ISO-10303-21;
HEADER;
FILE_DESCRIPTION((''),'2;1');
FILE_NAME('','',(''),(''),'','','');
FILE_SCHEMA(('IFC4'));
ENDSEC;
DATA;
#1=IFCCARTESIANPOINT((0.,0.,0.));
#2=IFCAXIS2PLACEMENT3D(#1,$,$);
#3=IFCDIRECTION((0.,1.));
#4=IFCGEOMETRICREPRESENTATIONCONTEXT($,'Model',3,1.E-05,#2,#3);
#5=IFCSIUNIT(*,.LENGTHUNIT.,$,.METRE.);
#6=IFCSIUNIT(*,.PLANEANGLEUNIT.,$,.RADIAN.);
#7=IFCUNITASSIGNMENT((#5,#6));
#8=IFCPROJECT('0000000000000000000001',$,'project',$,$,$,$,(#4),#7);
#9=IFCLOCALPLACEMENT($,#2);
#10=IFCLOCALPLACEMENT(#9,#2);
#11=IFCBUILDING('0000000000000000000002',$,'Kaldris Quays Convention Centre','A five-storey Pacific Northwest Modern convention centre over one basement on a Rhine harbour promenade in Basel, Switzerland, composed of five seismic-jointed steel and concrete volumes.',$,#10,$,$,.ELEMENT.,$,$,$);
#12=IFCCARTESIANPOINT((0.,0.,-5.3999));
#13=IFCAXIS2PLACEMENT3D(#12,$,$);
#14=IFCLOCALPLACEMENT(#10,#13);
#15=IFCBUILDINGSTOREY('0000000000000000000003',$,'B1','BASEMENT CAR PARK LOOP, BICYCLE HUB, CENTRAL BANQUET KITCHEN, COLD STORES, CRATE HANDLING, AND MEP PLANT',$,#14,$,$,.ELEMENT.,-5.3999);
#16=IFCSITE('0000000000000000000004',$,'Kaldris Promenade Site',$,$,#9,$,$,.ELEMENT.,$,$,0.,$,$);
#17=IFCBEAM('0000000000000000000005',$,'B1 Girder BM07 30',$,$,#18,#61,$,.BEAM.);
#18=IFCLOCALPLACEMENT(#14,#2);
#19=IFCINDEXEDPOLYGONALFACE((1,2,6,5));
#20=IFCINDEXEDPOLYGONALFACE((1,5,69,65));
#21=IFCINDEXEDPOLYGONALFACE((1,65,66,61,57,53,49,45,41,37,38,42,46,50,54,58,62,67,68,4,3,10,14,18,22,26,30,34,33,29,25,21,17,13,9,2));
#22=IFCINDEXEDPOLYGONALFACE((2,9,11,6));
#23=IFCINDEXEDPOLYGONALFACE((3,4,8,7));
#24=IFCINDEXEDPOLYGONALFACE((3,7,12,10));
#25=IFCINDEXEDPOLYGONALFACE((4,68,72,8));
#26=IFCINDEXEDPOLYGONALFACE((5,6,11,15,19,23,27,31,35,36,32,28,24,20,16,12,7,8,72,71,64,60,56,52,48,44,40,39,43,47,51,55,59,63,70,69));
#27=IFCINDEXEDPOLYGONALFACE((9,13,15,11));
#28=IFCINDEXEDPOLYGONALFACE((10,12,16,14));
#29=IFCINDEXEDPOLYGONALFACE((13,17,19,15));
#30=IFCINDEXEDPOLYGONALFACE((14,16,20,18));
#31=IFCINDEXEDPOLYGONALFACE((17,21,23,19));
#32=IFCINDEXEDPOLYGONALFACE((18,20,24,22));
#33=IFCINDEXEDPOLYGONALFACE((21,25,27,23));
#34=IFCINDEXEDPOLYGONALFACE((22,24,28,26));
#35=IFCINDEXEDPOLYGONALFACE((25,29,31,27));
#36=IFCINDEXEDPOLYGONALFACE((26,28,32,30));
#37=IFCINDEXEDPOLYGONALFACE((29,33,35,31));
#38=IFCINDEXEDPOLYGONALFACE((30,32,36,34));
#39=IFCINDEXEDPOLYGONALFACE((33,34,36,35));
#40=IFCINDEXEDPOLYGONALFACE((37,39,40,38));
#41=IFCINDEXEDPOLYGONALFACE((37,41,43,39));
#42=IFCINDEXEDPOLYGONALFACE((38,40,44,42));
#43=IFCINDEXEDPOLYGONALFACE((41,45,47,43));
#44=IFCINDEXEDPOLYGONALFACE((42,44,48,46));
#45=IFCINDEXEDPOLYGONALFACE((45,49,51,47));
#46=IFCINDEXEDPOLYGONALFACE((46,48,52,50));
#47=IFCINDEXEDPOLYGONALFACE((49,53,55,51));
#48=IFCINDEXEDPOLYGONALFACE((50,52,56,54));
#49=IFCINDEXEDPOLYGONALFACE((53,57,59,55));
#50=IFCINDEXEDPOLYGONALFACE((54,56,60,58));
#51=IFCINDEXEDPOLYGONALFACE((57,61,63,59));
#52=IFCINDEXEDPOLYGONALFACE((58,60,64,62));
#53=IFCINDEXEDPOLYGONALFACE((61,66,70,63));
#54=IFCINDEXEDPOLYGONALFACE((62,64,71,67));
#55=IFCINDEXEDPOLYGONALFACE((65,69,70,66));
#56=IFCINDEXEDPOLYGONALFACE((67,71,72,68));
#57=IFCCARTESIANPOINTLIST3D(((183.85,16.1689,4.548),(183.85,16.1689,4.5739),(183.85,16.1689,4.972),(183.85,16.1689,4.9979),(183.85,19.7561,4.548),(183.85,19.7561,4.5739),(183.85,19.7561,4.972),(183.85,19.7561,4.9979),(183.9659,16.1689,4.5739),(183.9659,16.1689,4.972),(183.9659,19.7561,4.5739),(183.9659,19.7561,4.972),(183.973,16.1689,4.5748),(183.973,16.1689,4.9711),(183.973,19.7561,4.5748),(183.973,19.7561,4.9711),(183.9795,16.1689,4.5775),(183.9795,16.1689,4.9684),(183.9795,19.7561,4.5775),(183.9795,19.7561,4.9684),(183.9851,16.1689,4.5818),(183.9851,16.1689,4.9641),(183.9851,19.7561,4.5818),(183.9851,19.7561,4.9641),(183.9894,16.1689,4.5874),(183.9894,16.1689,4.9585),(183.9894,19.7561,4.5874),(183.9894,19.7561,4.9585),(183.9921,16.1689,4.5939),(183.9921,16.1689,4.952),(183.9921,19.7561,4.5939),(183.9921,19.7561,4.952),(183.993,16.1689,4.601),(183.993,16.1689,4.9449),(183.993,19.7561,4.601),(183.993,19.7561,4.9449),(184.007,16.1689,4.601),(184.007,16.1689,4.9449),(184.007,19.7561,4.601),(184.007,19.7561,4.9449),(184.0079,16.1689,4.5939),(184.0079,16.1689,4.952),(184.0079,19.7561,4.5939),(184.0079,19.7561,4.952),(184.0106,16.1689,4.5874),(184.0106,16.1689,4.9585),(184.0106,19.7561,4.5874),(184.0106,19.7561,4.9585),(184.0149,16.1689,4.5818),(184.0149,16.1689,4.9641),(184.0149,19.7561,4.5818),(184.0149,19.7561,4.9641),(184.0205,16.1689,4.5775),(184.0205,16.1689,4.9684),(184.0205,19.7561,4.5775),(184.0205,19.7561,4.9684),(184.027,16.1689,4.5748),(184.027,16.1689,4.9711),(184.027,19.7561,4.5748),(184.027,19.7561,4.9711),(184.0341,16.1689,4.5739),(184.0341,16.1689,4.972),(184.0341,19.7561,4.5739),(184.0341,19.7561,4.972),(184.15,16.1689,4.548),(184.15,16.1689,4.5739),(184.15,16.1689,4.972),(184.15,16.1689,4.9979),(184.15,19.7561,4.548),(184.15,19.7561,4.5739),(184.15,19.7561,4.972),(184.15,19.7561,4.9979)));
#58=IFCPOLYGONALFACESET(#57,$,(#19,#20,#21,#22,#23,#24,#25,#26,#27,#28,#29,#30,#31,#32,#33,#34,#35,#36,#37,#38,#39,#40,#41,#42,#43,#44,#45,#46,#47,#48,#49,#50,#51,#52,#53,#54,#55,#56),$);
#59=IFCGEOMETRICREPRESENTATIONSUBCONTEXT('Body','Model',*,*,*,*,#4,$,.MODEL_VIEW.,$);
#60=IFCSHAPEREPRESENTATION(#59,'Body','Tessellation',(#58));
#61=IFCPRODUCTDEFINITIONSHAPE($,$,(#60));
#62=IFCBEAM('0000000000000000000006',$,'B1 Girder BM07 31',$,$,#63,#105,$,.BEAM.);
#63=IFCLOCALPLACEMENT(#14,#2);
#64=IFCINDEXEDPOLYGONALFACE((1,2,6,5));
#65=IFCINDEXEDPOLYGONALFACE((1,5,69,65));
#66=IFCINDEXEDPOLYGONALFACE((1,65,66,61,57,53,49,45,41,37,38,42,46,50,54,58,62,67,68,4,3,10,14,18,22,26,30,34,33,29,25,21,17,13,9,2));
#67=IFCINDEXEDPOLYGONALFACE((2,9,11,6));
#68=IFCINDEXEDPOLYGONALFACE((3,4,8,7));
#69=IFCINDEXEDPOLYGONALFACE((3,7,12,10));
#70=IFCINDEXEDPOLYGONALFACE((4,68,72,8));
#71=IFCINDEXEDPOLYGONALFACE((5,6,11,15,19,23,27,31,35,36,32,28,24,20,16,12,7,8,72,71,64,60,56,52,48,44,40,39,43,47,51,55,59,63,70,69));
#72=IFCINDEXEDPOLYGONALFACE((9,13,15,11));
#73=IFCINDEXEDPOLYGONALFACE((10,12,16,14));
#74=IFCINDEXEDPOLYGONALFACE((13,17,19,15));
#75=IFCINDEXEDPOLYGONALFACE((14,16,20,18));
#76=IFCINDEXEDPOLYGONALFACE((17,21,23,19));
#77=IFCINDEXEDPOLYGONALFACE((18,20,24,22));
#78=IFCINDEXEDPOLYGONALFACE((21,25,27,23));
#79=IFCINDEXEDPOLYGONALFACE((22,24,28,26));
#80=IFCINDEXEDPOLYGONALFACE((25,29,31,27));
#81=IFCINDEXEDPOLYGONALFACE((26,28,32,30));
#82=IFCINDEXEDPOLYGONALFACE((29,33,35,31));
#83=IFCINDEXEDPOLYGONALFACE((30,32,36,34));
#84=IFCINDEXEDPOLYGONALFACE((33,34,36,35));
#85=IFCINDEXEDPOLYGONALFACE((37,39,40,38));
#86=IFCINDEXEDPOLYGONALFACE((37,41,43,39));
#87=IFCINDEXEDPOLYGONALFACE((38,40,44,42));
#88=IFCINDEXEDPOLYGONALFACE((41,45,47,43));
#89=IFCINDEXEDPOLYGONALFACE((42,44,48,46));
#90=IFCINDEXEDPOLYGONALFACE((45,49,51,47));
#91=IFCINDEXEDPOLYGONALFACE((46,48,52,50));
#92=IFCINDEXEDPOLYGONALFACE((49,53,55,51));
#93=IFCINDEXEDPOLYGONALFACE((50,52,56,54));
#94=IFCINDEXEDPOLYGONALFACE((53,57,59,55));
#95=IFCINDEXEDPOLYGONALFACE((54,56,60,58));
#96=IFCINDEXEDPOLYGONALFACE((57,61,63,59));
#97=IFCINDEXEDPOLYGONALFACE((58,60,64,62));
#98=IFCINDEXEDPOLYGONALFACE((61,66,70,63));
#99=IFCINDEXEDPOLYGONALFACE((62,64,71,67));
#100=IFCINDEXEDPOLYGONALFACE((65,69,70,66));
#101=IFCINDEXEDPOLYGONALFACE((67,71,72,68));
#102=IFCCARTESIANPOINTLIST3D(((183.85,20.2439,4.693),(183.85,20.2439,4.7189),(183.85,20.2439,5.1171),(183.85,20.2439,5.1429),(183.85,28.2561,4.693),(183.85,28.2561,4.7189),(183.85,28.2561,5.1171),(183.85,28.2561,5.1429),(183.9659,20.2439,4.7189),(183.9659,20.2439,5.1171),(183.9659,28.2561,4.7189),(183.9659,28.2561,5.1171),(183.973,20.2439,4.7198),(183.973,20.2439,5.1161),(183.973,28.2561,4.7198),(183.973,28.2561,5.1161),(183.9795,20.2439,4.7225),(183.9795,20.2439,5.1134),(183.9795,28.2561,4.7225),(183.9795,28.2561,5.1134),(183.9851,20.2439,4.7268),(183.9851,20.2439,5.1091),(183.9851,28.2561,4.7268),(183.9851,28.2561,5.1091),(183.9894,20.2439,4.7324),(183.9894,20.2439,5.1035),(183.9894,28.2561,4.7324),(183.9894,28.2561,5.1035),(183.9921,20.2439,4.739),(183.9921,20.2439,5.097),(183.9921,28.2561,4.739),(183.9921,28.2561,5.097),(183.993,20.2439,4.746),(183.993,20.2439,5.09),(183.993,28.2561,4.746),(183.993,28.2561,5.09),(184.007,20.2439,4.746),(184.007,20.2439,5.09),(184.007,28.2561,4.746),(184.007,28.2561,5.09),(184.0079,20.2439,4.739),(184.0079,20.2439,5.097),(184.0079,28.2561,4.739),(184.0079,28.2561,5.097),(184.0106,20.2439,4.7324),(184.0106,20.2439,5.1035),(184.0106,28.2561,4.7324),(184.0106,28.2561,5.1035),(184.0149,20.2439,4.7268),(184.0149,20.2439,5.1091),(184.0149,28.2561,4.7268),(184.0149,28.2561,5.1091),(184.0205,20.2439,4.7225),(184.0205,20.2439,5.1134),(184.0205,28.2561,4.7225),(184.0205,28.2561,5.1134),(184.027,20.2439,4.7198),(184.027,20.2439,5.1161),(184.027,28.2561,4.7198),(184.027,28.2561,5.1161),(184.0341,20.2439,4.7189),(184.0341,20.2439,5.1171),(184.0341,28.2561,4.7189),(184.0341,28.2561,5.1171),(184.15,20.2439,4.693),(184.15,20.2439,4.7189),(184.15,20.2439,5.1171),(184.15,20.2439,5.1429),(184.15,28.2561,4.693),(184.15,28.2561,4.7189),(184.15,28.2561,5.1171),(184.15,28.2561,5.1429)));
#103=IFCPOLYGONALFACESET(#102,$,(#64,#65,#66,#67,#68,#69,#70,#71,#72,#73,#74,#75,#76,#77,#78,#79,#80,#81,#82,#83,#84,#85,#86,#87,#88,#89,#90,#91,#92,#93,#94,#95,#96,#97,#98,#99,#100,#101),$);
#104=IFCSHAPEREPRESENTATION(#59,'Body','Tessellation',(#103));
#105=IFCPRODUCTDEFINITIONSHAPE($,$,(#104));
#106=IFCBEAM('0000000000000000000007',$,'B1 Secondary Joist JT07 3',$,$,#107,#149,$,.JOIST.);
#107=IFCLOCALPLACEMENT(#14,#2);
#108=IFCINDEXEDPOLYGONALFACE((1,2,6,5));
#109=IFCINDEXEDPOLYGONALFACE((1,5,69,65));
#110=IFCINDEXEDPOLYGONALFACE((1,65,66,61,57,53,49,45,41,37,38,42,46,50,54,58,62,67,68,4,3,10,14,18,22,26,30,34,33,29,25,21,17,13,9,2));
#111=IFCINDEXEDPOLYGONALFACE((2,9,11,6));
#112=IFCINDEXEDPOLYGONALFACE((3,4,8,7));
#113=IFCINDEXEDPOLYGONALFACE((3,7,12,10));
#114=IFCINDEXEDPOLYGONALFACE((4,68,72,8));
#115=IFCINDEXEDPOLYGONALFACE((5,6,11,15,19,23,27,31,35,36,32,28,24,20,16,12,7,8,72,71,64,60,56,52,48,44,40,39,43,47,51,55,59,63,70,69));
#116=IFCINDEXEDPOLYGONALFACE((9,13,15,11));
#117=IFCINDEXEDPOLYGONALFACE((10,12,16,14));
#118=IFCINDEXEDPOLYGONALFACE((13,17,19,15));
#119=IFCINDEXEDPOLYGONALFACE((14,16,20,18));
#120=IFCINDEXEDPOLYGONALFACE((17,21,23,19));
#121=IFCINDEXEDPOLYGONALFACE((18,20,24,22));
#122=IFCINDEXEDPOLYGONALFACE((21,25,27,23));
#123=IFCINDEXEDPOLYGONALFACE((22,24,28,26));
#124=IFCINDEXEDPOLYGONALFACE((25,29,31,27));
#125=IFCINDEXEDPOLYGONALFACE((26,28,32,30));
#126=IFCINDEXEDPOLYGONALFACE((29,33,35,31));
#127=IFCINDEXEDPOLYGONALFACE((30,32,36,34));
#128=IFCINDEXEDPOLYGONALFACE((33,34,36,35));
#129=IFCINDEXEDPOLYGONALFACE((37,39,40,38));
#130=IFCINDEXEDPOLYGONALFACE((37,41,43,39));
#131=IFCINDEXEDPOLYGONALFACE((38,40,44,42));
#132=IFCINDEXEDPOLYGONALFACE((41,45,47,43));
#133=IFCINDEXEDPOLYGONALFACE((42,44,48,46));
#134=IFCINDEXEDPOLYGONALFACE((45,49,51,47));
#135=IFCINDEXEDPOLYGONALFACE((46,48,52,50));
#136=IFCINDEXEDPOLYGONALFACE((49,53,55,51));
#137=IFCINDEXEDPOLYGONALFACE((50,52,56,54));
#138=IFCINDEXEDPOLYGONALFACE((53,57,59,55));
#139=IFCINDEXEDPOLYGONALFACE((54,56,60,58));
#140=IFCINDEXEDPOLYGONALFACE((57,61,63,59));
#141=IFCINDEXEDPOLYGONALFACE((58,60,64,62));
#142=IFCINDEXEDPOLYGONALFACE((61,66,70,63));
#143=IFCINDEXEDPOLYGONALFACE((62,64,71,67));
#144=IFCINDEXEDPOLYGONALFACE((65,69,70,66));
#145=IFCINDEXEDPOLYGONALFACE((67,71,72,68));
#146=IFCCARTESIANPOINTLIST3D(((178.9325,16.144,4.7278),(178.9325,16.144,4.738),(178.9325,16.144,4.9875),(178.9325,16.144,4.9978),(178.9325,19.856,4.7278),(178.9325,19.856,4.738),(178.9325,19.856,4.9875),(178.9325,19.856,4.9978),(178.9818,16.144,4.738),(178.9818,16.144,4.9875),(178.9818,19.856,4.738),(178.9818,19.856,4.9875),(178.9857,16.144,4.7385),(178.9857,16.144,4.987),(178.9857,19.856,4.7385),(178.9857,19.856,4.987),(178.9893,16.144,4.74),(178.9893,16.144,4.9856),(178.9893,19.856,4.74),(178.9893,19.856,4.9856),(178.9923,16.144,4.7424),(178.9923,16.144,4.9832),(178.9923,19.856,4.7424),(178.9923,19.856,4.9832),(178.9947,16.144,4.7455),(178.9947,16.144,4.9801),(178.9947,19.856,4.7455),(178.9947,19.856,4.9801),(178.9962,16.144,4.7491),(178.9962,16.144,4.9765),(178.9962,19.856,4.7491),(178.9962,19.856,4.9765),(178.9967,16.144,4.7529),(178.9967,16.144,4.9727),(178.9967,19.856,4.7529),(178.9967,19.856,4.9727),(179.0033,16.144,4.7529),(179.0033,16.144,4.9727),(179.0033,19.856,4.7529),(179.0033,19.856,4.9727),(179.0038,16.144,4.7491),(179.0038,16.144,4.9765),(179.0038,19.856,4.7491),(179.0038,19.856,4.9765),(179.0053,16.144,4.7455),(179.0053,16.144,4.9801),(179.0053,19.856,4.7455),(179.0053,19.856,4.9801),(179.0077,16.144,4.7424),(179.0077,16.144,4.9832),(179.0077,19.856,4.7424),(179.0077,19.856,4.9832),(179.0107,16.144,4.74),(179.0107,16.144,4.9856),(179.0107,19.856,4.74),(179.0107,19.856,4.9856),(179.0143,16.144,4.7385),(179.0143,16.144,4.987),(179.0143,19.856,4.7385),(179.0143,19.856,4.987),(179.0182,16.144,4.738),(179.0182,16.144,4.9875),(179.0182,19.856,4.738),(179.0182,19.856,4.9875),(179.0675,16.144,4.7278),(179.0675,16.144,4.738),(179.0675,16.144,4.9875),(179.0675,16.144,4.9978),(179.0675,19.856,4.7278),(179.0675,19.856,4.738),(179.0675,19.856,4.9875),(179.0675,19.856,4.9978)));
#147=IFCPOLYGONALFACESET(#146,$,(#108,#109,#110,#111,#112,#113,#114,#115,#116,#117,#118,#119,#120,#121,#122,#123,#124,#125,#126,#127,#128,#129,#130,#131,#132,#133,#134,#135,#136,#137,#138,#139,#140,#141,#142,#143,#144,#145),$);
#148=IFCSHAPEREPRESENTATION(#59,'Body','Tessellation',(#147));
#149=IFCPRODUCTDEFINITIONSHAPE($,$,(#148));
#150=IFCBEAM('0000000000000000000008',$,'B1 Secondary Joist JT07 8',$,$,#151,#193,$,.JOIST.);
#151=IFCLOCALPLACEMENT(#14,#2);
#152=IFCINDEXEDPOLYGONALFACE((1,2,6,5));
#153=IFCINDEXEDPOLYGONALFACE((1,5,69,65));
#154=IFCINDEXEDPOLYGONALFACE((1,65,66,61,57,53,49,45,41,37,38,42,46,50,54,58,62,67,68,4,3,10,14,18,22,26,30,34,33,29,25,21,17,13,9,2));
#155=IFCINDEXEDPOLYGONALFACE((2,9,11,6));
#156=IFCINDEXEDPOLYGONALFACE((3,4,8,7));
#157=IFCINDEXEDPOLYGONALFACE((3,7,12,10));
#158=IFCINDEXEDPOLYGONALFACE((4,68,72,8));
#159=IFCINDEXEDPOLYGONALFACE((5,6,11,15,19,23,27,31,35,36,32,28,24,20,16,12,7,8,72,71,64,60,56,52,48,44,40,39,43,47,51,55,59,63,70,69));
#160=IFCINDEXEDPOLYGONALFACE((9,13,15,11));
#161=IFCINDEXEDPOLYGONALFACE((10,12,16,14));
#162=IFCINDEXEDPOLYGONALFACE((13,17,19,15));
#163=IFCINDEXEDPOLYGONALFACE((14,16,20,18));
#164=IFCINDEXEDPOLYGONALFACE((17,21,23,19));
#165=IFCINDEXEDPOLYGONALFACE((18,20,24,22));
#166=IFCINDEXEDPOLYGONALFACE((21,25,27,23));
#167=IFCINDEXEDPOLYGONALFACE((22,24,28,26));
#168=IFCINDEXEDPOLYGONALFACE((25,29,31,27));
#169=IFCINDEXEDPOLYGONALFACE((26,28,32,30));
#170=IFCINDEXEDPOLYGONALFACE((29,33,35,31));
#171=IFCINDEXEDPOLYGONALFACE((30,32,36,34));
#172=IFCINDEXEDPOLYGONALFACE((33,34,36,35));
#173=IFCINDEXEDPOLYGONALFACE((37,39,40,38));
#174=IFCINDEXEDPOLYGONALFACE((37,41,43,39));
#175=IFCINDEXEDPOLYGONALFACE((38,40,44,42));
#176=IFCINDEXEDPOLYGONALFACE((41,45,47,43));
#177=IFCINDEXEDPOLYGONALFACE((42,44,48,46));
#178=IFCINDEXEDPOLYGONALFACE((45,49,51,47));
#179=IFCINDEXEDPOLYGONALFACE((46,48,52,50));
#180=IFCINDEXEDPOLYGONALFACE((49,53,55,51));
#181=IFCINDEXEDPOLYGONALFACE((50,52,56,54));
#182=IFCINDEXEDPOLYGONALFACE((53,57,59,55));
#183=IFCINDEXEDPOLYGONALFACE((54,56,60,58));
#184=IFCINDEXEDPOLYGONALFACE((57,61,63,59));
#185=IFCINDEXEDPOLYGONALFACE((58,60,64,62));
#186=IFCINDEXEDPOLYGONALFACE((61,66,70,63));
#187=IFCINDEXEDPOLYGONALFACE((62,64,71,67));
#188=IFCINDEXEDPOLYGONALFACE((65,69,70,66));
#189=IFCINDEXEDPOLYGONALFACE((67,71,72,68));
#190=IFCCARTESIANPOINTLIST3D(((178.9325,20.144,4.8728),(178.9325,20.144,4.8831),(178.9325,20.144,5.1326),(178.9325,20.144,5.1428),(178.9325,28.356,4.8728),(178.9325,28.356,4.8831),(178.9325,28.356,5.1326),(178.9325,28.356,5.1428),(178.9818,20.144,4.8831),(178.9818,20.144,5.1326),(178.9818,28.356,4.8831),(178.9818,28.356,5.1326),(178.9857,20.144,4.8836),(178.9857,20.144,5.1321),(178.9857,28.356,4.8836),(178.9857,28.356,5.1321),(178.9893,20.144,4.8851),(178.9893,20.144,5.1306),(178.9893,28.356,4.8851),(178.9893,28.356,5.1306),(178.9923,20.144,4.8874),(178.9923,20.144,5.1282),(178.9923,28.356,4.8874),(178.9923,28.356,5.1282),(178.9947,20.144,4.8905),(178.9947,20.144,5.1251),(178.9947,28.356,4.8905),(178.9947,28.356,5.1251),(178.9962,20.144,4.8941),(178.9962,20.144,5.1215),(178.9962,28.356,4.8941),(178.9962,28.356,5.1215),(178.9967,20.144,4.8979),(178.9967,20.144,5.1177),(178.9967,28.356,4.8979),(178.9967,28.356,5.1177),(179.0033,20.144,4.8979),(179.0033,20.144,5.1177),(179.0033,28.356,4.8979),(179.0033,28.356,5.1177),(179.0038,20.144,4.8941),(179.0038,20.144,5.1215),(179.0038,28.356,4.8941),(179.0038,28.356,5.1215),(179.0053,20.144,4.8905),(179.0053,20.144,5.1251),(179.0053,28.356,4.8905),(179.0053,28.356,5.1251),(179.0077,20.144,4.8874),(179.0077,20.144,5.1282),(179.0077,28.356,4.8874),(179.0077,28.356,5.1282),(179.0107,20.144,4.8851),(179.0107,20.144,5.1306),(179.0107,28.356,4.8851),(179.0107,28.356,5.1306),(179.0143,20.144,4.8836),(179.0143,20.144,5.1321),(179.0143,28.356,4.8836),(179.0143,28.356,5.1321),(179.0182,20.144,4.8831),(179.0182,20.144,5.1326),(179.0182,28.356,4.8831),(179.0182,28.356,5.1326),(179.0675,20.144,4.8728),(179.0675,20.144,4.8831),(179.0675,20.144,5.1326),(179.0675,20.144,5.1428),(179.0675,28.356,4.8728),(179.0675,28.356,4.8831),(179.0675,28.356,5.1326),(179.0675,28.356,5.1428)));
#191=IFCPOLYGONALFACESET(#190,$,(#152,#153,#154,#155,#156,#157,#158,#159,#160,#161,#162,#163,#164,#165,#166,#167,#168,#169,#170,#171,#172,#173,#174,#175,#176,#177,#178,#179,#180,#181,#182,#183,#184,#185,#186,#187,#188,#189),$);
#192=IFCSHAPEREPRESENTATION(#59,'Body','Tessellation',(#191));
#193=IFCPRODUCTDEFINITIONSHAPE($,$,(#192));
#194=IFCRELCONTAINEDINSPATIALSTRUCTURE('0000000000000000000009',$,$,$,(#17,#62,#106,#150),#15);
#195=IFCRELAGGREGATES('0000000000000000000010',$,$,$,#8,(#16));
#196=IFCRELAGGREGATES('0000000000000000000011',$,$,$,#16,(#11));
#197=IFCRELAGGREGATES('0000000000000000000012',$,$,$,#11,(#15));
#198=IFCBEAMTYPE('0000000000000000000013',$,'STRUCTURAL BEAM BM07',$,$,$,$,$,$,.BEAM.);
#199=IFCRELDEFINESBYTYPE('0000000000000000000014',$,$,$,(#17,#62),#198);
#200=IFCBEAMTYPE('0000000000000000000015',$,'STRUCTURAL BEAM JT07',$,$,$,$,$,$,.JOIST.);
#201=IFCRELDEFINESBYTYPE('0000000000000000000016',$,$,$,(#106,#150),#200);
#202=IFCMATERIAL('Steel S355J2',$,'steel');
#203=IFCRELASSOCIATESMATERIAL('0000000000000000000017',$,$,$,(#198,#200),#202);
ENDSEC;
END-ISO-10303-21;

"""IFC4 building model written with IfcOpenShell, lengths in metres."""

from ifc_helpers import new_model, si_unit, direction, frame, origin, origin_2d, place, context, subcontext, project, spatial, i_section, extrude, material, material_profile, profile_set, type_object, element, save


model = new_model("IFC4")

# Units and contexts
model_context = context("Model", 3, precision=1e-05, world=origin(), true_north=direction((0.0, 1.0)))
body_context = subcontext(model_context, "Body", "Model", "MODEL_VIEW")
ifc_project = project(units=[si_unit("LENGTHUNIT", "METRE"), si_unit("PLANEANGLEUNIT", "RADIAN")], contexts=[model_context])

# Site, building, storey
site_placement = place(None, origin())
site = spatial("IfcSite", under=ifc_project, at=site_placement, Name="Kaldris Promenade Site", CompositionType="ELEMENT", RefElevation=0.0)
building_placement = place(site_placement, origin())
building = spatial("IfcBuilding", under=site, at=building_placement, Name="Kaldris Quays Convention Centre", Description="A five-storey Pacific Northwest Modern convention centre over one basement on a Rhine harbour promenade in Basel, Switzerland, composed of five seismic-jointed steel and concrete volumes.", CompositionType="ELEMENT")
storey_placement = place(building_placement, frame((0.0, 0.0, -5.3999)))
storey = spatial("IfcBuildingStorey", under=building, at=storey_placement, Name="B1", Description="BASEMENT CAR PARK LOOP, BICYCLE HUB, CENTRAL BANQUET KITCHEN, COLD STORES, CRATE HANDLING, AND MEP PLANT", CompositionType="ELEMENT", Elevation=-5.3999)

# Shared definitions
ifc_material_1 = material(Name="Steel S355J2", Category="steel")

# Beams
ifc_material_profile_1 = material_profile(ifc_material_1, i_section(OverallWidth=0.3, OverallDepth=0.45, WebThickness=0.0139, FlangeThickness=0.0259, FilletRadius=0.0271, at=origin_2d()), Name="HEB 450")
ifc_profile_set_1 = profile_set([ifc_material_profile_1], Name="Steel S355J2")
beam_type_1 = type_object("IfcBeamType", Name="STRUCTURAL BEAM BM07", PredefinedType="BEAM", material=ifc_profile_set_1)
beam_1_placement = place(storey_placement, frame((184.0, 16.1689, 4.7729), z_axis=(0.0, 1.0, 0.0), x_axis=(-1.0, 0.0, 0.0)))
element("IfcBeam", 1, at=beam_1_placement, inside=storey, type_object=beam_type_1, Name="B1 Girder BM07 30", PredefinedType="BEAM", context=body_context, shape_type="SweptSolid", body=[
    extrude(i_section(OverallWidth=0.3, OverallDepth=0.45, WebThickness=0.0139, FlangeThickness=0.0259, FilletRadius=0.0271, at=origin_2d()), origin(), (0.0, 0.0, 1.0), 3.5872),
])
beam_2_placement = place(storey_placement, frame((184.0, 20.2439, 4.918), z_axis=(0.0, 1.0, 0.0), x_axis=(-1.0, 0.0, 0.0)))
element("IfcBeam", 2, at=beam_2_placement, inside=storey, type_object=beam_type_1, Name="B1 Girder BM07 31", PredefinedType="BEAM", context=body_context, shape_type="SweptSolid", body=[
    extrude(i_section(OverallWidth=0.3, OverallDepth=0.45, WebThickness=0.0139, FlangeThickness=0.0259, FilletRadius=0.0271, at=origin_2d()), origin(), (0.0, 0.0, 1.0), 8.0122),
])
ifc_material_profile_2 = material_profile(ifc_material_1, i_section(OverallWidth=0.135, OverallDepth=0.27, WebThickness=0.0066, FlangeThickness=0.0103, FilletRadius=0.0149, at=origin_2d()), Name="IPE 270")
ifc_profile_set_2 = profile_set([ifc_material_profile_2], Name="Steel S355J2")
beam_type_2 = type_object("IfcBeamType", Name="STRUCTURAL BEAM JT07", PredefinedType="JOIST", material=ifc_profile_set_2)
beam_3_placement = place(storey_placement, frame((179.0, 16.144, 4.8628), z_axis=(0.0, 1.0, 0.0), x_axis=(-1.0, 0.0, 0.0)))
element("IfcBeam", 3, at=beam_3_placement, inside=storey, type_object=beam_type_2, Name="B1 Secondary Joist JT07 3", PredefinedType="JOIST", context=body_context, shape_type="SweptSolid", body=[
    extrude(i_section(OverallWidth=0.135, OverallDepth=0.27, WebThickness=0.0066, FlangeThickness=0.0103, FilletRadius=0.0149, at=origin_2d()), origin(), (0.0, 0.0, 1.0), 3.7119),
])
beam_4_placement = place(storey_placement, frame((179.0, 20.144, 5.0078), z_axis=(0.0, 1.0, 0.0), x_axis=(-1.0, 0.0, 0.0)))
element("IfcBeam", 4, at=beam_4_placement, inside=storey, type_object=beam_type_2, Name="B1 Secondary Joist JT07 8", PredefinedType="JOIST", context=body_context, shape_type="SweptSolid", body=[
    extrude(i_section(OverallWidth=0.135, OverallDepth=0.27, WebThickness=0.0066, FlangeThickness=0.0103, FilletRadius=0.0149, at=origin_2d()), origin(), (0.0, 0.0, 1.0), 8.2119),
])

save(model, "model.ifc")
